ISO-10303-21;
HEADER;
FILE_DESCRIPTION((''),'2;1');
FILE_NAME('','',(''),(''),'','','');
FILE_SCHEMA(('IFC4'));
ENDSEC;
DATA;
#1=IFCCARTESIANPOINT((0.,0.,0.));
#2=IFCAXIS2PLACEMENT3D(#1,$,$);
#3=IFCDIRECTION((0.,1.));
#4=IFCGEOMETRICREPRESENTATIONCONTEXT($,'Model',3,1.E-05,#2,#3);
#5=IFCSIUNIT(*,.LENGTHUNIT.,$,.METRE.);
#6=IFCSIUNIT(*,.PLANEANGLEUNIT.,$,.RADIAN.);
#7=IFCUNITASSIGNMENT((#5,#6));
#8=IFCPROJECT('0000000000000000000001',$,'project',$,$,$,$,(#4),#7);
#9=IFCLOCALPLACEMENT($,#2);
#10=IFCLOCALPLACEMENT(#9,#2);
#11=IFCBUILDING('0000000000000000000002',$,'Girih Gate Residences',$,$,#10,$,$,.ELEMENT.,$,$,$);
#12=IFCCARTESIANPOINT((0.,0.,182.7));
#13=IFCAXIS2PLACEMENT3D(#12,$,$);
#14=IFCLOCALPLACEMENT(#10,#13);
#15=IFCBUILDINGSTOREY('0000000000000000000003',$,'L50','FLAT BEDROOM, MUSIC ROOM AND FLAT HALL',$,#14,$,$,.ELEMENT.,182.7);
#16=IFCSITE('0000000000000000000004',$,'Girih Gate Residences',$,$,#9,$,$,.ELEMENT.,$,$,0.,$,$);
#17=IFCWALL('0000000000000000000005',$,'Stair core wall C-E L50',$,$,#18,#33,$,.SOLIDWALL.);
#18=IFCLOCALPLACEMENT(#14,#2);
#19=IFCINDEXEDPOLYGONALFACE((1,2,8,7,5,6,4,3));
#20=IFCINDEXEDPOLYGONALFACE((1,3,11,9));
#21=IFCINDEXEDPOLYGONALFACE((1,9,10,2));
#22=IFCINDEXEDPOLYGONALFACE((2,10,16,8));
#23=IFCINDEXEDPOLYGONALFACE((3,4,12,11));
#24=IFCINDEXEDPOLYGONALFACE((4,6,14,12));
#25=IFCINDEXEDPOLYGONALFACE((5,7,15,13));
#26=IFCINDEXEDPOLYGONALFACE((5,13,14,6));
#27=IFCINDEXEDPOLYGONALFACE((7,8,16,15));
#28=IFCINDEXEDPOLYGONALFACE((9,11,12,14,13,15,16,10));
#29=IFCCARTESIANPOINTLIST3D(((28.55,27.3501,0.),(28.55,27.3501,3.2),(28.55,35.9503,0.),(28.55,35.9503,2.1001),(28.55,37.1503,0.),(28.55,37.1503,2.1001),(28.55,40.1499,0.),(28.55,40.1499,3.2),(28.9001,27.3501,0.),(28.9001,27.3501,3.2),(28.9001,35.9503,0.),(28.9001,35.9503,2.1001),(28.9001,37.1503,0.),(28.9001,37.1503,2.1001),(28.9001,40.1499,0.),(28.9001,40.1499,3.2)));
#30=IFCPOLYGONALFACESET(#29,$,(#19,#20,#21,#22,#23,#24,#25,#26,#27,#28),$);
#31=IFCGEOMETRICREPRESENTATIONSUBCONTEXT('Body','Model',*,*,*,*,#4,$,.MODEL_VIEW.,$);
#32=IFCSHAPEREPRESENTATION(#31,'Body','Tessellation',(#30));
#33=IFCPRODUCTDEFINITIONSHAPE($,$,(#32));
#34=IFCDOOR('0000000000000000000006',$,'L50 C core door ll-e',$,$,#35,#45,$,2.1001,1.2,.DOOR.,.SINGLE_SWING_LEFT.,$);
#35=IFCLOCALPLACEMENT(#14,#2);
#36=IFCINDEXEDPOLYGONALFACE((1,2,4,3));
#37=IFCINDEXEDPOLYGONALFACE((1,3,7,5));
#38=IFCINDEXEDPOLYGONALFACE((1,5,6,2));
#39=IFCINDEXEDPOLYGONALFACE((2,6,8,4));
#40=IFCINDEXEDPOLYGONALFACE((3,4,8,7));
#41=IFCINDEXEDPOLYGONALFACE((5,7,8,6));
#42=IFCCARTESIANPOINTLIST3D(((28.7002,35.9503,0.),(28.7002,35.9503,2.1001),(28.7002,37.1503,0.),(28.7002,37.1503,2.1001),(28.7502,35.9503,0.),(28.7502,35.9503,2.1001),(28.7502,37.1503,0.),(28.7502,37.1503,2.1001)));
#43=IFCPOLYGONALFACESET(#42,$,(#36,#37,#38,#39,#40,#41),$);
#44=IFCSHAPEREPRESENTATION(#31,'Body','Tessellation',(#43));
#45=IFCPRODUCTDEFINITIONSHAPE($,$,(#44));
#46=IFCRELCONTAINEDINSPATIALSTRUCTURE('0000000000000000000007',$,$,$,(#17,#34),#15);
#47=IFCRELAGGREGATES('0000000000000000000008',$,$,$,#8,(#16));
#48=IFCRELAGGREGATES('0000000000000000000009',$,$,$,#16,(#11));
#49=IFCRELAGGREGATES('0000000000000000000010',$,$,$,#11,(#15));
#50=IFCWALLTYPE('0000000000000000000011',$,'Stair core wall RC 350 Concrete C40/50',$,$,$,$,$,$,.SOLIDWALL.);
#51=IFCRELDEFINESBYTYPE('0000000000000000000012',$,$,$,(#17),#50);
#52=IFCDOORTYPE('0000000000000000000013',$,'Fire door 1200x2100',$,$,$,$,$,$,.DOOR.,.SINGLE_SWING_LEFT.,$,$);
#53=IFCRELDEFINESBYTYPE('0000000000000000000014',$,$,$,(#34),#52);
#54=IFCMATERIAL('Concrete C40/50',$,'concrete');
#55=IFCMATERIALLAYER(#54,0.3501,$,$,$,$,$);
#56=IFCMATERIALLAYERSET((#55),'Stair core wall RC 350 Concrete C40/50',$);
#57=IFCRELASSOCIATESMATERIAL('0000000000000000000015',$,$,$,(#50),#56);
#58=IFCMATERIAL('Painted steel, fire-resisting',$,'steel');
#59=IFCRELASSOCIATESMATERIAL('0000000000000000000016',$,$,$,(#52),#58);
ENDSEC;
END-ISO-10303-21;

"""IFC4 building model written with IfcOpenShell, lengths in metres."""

from ifc_helpers import new_model, si_unit, direction, frame, frame_2d, origin, place, context, subcontext, project, spatial, rectangle, extrude, material, layer, layer_set, type_object, element, fill, save


model = new_model("IFC4")

# Units and contexts
model_context = context("Model", 3, precision=1e-05, world=origin(), true_north=direction((0.0, 1.0)))
body_context = subcontext(model_context, "Body", "Model", "MODEL_VIEW")
ifc_project = project(units=[si_unit("LENGTHUNIT", "METRE"), si_unit("PLANEANGLEUNIT", "RADIAN")], contexts=[model_context])

# Site, building, storey
site_placement = place(None, origin())
site = spatial("IfcSite", under=ifc_project, at=site_placement, Name="Girih Gate Residences", CompositionType="ELEMENT", RefElevation=0.0)
building_placement = place(site_placement, origin())
building = spatial("IfcBuilding", under=site, at=building_placement, Name="Girih Gate Residences", CompositionType="ELEMENT")
storey_placement = place(building_placement, frame((0.0, 0.0, 182.7)))
storey = spatial("IfcBuildingStorey", under=building, at=storey_placement, Name="L50", Description="FLAT BEDROOM, MUSIC ROOM AND FLAT HALL", CompositionType="ELEMENT", Elevation=182.7)

# Wall, opening, door
ifc_material_1 = material(Name="Concrete C40/50", Category="concrete")
ifc_layer_1 = layer(ifc_material_1, 0.3501)
ifc_layer_set_1 = layer_set([ifc_layer_1], Name="Stair core wall RC 350 Concrete C40/50")
wall_type_1 = type_object("IfcWallType", Name="Stair core wall RC 350 Concrete C40/50", PredefinedType="SOLIDWALL", material=ifc_layer_set_1)
ifc_material_2 = material(Name="Painted steel, fire-resisting", Category="steel")
door_type_1 = type_object("IfcDoorType", Name="Fire door 1200x2100", OperationType="SINGLE_SWING_LEFT", PredefinedType="DOOR", material=ifc_material_2)
wall_1_placement = place(storey_placement, frame((28.7251, 27.3501, 0.0), z_axis=(0.0, 0.0, 1.0), x_axis=(0.0, 1.0, 0.0)))
wall_1 = element("IfcWall", 1, at=wall_1_placement, inside=storey, type_object=wall_type_1, Name="Stair core wall C-E L50", PredefinedType="SOLIDWALL", context=body_context, shape_type="SweptSolid", body=[
    extrude(rectangle(XDim=12.7998, YDim=0.3501, at=frame_2d((6.3999, 0.0))), origin(), (0.0, 0.0, 1.0), 3.2),
])
opening_1_placement = place(wall_1_placement, frame((8.6001, 0.0, 0.0)))
opening_1 = element("IfcOpeningElement", 2, at=opening_1_placement, cuts=wall_1, PredefinedType="OPENING", context=body_context, shape_type="SweptSolid", body=[
    extrude(rectangle(XDim=1.2, YDim=2.1001, at=frame_2d((0.6001, 1.05))), frame((0.0, 0.1851, 0.0), z_axis=(0.0, -1.0, 0.0), x_axis=(1.0, 0.0, 0.0)), (0.0, 0.0, 1.0), 0.3701),
])
door_1_placement = place(opening_1_placement, origin())
door_1 = element("IfcDoor", 3, at=door_1_placement, inside=storey, type_object=door_type_1, Name="L50 C core door ll-e", OperationType="SINGLE_SWING_LEFT", OverallHeight=2.1001, OverallWidth=1.2, PredefinedType="DOOR", context=body_context, shape_type="SweptSolid", body=[
    extrude(rectangle(XDim=1.2, YDim=2.1001, at=frame_2d((0.6001, 1.05))), frame((0.0, 0.0249, 0.0), z_axis=(0.0, -1.0, 0.0), x_axis=(1.0, 0.0, 0.0)), (0.0, 0.0, 1.0), 0.05),
])
fill(opening_1, door_1)

save(model, "model.ifc")
